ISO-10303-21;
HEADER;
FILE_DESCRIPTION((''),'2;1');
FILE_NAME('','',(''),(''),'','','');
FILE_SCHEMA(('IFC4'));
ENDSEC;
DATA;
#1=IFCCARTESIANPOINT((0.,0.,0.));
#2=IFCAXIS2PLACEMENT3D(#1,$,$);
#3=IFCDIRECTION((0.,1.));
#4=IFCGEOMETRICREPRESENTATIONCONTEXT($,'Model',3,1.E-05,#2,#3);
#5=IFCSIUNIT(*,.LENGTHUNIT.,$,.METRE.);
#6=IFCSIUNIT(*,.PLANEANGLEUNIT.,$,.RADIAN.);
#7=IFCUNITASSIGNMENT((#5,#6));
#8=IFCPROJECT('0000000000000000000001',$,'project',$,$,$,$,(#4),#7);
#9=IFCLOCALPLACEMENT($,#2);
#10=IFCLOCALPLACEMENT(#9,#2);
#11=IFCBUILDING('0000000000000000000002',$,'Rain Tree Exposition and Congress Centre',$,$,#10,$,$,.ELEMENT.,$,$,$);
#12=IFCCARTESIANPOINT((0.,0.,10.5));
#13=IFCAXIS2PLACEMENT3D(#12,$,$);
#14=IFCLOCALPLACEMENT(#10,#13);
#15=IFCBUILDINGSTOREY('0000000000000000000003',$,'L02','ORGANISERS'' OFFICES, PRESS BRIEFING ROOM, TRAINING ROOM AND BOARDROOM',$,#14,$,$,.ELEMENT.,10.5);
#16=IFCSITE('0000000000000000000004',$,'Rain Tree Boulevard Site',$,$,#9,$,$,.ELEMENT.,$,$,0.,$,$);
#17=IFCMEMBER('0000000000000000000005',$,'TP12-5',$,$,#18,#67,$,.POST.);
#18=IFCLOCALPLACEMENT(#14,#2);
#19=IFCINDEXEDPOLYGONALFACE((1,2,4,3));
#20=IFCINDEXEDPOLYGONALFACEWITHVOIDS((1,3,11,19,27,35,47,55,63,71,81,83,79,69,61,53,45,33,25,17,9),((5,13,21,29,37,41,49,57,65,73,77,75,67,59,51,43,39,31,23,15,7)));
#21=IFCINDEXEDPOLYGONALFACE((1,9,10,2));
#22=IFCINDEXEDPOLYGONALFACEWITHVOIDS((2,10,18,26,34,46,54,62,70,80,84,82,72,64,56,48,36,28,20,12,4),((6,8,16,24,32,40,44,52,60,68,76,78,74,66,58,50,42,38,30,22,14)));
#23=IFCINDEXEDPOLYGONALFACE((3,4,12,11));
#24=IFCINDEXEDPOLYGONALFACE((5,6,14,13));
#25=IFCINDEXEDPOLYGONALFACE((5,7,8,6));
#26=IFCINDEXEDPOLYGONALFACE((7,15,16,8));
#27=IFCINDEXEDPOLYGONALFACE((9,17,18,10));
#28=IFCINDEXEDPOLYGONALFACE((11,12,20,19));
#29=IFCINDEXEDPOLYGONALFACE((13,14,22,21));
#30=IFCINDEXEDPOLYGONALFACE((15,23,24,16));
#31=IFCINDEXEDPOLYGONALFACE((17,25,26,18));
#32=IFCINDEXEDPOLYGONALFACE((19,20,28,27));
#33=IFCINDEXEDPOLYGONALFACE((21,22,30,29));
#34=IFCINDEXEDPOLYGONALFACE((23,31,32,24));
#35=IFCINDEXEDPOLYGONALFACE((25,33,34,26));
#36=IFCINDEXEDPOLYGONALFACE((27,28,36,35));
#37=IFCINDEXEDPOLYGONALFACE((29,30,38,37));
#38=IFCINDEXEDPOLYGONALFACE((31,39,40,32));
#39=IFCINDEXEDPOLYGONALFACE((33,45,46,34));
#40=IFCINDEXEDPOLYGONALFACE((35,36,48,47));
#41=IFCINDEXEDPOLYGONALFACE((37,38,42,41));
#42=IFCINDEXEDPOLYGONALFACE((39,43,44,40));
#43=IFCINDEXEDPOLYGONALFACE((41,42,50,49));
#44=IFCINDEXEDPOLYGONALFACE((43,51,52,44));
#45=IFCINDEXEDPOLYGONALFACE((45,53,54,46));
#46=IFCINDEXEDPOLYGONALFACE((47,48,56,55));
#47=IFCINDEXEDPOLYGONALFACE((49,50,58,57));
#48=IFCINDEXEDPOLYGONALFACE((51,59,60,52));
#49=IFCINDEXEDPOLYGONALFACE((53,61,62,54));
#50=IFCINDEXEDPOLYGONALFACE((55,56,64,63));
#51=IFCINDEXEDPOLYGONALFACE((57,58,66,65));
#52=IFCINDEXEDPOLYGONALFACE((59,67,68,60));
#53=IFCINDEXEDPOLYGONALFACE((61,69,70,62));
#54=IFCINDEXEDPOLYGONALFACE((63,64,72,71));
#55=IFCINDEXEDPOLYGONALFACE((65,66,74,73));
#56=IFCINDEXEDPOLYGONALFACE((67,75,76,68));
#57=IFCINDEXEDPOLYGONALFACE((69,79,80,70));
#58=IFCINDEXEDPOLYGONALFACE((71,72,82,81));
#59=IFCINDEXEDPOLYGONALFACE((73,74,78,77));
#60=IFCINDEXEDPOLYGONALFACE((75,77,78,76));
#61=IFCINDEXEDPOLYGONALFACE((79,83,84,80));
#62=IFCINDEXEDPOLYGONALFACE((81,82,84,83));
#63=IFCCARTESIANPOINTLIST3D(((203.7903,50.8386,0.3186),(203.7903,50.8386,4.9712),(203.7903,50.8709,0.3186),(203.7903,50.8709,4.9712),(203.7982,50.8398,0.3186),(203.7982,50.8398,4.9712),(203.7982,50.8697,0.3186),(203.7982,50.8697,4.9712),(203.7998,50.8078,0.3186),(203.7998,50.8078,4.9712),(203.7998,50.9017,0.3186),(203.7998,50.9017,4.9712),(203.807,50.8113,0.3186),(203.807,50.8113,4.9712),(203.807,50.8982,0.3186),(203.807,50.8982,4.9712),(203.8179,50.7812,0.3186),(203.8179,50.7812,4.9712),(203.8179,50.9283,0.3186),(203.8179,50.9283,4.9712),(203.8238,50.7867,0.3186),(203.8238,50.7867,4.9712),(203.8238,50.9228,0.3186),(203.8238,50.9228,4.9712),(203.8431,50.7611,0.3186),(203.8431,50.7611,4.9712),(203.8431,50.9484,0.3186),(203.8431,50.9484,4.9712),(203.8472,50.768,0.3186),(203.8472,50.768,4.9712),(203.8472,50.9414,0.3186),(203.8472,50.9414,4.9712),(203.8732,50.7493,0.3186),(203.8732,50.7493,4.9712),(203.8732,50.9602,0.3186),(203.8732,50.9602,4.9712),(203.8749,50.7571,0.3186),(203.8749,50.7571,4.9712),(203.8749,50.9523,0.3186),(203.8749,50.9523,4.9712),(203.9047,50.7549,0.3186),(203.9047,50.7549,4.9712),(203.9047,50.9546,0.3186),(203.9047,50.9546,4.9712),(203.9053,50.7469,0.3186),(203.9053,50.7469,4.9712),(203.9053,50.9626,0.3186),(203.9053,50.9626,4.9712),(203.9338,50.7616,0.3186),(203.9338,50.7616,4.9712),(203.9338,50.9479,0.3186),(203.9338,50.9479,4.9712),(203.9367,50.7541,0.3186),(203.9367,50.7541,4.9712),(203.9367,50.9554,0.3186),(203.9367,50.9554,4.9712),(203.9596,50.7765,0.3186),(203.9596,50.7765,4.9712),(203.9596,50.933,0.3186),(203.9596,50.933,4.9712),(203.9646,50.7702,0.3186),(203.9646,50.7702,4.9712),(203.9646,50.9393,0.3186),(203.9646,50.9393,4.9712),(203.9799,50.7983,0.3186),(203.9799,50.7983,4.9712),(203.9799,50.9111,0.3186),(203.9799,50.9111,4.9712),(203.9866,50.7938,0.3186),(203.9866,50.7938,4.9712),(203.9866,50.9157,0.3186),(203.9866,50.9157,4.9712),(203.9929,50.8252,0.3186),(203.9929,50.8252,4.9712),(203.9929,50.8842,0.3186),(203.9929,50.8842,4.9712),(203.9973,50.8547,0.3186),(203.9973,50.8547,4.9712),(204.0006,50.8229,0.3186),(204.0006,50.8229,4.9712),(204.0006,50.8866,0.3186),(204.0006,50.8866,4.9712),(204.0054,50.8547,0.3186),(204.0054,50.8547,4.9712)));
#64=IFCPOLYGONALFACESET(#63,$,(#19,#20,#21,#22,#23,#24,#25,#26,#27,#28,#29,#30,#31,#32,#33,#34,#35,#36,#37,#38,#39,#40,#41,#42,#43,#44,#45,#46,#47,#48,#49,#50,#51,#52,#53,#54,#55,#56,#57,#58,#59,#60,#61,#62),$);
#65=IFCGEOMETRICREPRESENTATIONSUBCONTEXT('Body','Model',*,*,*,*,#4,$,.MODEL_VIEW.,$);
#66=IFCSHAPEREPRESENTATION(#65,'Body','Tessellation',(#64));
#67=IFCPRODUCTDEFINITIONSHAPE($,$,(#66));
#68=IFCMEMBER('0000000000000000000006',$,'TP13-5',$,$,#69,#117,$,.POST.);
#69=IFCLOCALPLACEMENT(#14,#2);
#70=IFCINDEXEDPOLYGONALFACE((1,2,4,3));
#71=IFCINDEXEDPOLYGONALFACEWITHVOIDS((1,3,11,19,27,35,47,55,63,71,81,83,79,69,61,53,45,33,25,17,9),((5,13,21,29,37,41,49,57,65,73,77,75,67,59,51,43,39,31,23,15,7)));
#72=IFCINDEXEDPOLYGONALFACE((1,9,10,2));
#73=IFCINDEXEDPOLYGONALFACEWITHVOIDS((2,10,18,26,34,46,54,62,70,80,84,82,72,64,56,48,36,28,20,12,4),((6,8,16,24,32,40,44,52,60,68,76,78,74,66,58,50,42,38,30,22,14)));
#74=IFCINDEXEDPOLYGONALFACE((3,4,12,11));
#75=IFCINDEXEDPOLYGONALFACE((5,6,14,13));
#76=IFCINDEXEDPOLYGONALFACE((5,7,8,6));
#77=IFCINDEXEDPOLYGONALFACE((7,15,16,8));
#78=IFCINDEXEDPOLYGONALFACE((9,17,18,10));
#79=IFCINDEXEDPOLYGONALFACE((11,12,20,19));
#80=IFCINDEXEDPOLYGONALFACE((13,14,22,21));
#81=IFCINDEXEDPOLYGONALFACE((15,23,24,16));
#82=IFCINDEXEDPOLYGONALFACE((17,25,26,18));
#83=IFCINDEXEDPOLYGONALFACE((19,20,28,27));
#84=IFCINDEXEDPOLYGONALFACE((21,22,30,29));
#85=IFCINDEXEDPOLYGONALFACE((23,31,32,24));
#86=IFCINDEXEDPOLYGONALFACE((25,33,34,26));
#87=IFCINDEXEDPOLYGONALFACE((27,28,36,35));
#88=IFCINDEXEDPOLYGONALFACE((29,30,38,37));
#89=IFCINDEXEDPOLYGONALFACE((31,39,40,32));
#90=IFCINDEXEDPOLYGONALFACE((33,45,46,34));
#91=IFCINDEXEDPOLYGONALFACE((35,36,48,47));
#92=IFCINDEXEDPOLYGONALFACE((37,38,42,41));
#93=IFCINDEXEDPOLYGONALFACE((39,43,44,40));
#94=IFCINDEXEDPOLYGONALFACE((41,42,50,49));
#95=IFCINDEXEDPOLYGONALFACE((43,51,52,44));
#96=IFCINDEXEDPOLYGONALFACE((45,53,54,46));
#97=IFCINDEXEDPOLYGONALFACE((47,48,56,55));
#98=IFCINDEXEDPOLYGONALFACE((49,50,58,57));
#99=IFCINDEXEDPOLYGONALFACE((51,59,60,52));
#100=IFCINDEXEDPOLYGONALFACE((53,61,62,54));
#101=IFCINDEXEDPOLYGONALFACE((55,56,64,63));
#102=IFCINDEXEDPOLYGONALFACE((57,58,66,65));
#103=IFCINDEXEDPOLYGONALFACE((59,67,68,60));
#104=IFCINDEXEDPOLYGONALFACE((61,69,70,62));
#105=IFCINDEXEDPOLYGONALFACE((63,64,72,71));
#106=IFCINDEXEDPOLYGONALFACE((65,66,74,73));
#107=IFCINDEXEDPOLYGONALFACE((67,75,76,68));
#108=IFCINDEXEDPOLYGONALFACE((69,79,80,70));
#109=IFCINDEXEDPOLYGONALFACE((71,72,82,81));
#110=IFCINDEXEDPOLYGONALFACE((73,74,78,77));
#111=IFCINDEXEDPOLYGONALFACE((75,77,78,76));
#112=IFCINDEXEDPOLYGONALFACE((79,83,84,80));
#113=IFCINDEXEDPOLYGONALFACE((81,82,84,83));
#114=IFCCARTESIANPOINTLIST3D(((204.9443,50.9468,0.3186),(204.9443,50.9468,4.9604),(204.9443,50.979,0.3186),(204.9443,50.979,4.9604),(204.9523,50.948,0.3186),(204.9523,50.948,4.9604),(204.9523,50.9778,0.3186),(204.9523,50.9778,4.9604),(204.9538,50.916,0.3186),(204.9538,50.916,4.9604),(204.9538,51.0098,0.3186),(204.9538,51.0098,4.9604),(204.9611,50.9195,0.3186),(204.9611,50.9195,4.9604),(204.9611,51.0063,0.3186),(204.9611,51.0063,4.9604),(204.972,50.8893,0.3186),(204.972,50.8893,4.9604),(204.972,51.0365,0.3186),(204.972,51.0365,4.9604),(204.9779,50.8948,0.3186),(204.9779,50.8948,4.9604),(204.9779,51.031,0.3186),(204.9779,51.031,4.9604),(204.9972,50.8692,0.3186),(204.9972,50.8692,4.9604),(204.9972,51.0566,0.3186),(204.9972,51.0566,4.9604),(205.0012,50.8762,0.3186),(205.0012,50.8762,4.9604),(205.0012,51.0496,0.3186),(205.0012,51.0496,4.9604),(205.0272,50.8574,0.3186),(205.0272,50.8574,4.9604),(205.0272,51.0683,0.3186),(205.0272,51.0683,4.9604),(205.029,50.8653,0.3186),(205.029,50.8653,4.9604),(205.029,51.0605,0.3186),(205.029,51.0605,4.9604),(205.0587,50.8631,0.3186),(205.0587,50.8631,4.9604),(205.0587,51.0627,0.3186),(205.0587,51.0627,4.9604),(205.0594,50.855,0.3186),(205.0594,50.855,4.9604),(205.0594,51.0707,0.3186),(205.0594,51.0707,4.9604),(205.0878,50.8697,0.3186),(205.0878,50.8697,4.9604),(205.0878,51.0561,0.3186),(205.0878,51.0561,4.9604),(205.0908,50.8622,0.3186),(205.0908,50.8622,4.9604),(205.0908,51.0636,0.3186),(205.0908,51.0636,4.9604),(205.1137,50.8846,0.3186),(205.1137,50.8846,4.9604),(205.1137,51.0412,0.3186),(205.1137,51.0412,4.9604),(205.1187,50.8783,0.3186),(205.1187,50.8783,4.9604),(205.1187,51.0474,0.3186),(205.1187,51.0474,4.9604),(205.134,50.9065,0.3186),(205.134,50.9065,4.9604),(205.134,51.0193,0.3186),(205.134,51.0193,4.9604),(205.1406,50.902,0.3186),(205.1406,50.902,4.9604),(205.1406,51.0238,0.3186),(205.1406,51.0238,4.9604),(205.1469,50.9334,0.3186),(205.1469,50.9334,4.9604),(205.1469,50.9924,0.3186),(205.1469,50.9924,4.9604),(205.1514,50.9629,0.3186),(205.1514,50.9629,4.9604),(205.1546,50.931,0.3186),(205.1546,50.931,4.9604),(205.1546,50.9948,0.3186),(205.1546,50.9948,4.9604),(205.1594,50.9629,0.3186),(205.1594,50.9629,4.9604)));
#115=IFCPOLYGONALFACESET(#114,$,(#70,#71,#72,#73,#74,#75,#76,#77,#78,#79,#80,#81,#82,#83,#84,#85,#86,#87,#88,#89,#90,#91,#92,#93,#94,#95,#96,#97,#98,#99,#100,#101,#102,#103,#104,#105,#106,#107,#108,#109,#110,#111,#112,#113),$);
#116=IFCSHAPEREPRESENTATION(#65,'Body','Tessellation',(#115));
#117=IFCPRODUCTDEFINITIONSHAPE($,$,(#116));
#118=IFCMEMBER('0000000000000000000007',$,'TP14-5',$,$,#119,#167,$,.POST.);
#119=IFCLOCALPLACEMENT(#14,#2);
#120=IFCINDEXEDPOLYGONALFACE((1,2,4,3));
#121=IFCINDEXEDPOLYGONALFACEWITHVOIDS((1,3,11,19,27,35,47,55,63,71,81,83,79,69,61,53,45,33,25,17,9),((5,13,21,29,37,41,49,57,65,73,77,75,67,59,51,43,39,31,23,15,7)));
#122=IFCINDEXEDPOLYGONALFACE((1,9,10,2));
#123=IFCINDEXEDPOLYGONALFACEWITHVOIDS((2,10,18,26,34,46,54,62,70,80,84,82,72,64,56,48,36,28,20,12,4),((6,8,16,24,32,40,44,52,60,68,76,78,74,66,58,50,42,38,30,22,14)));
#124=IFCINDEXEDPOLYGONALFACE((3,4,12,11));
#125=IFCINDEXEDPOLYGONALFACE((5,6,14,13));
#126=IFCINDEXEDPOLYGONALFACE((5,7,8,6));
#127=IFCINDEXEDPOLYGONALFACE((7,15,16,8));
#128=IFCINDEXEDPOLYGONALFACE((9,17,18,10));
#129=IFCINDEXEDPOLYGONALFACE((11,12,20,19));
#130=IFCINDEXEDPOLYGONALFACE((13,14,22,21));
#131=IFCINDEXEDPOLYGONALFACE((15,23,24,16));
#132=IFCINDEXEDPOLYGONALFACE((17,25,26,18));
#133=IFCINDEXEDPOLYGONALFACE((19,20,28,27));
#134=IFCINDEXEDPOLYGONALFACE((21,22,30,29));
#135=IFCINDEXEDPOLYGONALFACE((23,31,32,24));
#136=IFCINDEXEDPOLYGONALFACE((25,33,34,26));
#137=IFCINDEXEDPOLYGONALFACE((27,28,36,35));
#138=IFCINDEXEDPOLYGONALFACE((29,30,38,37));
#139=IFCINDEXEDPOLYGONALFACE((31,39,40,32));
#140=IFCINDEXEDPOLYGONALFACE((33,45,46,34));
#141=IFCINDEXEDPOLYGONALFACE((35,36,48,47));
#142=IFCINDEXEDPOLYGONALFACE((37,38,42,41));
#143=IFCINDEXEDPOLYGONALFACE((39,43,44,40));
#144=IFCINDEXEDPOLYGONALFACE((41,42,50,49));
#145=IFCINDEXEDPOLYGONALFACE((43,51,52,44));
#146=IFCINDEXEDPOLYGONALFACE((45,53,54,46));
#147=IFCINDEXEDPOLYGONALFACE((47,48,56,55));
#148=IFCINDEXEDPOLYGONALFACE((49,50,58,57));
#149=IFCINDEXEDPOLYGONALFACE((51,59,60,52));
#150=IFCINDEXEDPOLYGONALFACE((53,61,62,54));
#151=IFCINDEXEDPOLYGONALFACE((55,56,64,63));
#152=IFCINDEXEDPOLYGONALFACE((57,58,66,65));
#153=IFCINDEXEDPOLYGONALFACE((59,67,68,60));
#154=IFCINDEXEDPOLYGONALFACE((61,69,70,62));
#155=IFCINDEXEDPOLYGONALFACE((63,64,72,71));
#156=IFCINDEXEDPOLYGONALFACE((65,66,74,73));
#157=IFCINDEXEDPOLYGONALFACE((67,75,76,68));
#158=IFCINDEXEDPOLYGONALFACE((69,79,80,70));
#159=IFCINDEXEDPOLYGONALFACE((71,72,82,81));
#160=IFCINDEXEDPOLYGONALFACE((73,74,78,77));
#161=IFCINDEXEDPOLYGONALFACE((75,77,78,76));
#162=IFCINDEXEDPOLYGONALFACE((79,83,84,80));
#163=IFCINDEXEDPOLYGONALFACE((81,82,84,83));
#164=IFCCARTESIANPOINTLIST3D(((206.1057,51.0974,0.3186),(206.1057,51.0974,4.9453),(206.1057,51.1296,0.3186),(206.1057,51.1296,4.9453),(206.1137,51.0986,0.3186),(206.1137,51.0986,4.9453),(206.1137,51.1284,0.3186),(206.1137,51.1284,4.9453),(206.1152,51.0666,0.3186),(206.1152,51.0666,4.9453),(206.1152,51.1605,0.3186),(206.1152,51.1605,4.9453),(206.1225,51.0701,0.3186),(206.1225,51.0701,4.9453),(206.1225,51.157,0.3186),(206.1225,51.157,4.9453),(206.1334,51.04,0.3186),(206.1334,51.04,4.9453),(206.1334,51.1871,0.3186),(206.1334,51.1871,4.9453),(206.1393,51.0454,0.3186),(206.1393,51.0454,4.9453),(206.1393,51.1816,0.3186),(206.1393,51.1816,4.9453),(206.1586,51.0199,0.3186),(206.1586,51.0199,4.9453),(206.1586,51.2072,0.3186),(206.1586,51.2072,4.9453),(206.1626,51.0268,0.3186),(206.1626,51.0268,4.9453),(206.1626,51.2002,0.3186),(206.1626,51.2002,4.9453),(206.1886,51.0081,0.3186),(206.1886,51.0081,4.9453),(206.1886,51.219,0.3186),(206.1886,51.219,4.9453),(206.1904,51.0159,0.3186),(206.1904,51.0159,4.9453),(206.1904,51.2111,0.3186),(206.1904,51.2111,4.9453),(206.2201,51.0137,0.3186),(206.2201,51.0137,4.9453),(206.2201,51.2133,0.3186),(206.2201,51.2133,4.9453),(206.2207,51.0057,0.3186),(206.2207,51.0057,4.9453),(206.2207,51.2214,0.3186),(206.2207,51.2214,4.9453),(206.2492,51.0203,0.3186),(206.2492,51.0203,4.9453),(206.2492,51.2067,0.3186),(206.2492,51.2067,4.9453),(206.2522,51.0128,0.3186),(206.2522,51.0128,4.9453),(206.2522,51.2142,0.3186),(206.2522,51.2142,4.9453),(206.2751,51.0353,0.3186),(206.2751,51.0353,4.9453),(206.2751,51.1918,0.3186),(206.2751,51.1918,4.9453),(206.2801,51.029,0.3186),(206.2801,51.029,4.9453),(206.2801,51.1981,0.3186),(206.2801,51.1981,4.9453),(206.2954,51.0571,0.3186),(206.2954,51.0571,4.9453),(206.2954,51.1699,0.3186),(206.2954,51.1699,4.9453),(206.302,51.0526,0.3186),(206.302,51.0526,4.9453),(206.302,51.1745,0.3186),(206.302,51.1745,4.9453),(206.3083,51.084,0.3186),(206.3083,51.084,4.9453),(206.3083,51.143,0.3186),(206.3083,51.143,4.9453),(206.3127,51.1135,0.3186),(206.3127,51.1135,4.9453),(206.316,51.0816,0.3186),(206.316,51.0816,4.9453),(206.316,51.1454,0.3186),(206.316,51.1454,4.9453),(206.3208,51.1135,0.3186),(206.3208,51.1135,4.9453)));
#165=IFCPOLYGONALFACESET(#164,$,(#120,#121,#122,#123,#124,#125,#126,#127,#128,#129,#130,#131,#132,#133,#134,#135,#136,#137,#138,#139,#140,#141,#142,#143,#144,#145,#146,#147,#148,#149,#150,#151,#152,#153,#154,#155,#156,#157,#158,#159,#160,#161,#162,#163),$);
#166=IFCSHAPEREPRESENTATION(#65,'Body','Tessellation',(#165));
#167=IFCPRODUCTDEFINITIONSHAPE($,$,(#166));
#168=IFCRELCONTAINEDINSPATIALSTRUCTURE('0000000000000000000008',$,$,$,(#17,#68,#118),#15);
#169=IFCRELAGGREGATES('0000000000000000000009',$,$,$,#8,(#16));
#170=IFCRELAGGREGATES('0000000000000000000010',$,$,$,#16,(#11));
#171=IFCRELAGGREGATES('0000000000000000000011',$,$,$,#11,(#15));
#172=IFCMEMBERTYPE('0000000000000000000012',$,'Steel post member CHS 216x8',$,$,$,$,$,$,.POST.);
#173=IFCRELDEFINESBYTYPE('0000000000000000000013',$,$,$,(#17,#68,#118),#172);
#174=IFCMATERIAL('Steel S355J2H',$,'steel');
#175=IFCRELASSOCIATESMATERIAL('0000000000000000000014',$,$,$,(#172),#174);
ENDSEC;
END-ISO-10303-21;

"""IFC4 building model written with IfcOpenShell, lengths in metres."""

from ifc_helpers import new_model, si_unit, direction, frame, origin, origin_2d, place, context, subcontext, project, spatial, hollow_circle, extrude, material, material_profile, profile_set, type_object, element, save


model = new_model("IFC4")

# Units and contexts
model_context = context("Model", 3, precision=1e-05, world=origin(), true_north=direction((0.0, 1.0)))
body_context = subcontext(model_context, "Body", "Model", "MODEL_VIEW")
ifc_project = project(units=[si_unit("LENGTHUNIT", "METRE"), si_unit("PLANEANGLEUNIT", "RADIAN")], contexts=[model_context])

# Site, building, storey
site_placement = place(None, origin())
site = spatial("IfcSite", under=ifc_project, at=site_placement, Name="Rain Tree Boulevard Site", CompositionType="ELEMENT", RefElevation=0.0)
building_placement = place(site_placement, origin())
building = spatial("IfcBuilding", under=site, at=building_placement, Name="Rain Tree Exposition and Congress Centre", CompositionType="ELEMENT")
storey_placement = place(building_placement, frame((0.0, 0.0, 10.5)))
storey = spatial("IfcBuildingStorey", under=building, at=storey_placement, Name="L02", Description="ORGANISERS' OFFICES, PRESS BRIEFING ROOM, TRAINING ROOM AND BOARDROOM", CompositionType="ELEMENT", Elevation=10.5)

# Members
ifc_material_1 = material(Name="Steel S355J2H", Category="steel")
ifc_material_profile_1 = material_profile(ifc_material_1, hollow_circle(Radius=0.1082, WallThickness=0.0081, at=origin_2d()), Name="CHS 216x8")
ifc_profile_set_1 = profile_set([ifc_material_profile_1], Name="Steel S355J2H")
member_type_1 = type_object("IfcMemberType", Name="Steel post member CHS 216x8", PredefinedType="POST", material=ifc_profile_set_1)
member_1_placement = place(storey_placement, frame((203.8972, 50.8547, 0.3186), z_axis=(0.0, 0.0, 1.0), x_axis=(1.0, 0.0, 0.0)))
element("IfcMember", 1, at=member_1_placement, inside=storey, type_object=member_type_1, Name="TP12-5", PredefinedType="POST", context=body_context, shape_type="SweptSolid", body=[
    extrude(hollow_circle(Radius=0.1082, WallThickness=0.0081, at=origin_2d()), origin(), (0.0, 0.0, 1.0), 4.6526),
])
member_2_placement = place(storey_placement, frame((205.0513, 50.9629, 0.3186), z_axis=(0.0, 0.0, 1.0), x_axis=(1.0, 0.0, 0.0)))
element("IfcMember", 2, at=member_2_placement, inside=storey, type_object=member_type_1, Name="TP13-5", PredefinedType="POST", context=body_context, shape_type="SweptSolid", body=[
    extrude(hollow_circle(Radius=0.1082, WallThickness=0.0081, at=origin_2d()), origin(), (0.0, 0.0, 1.0), 4.6418),
])
member_3_placement = place(storey_placement, frame((206.2126, 51.1135, 0.3186), z_axis=(0.0, 0.0, 1.0), x_axis=(1.0, 0.0, 0.0)))
element("IfcMember", 3, at=member_3_placement, inside=storey, type_object=member_type_1, Name="TP14-5", PredefinedType="POST", context=body_context, shape_type="SweptSolid", body=[
    extrude(hollow_circle(Radius=0.1082, WallThickness=0.0081, at=origin_2d()), origin(), (0.0, 0.0, 1.0), 4.6267),
])

save(model, "model.ifc")
